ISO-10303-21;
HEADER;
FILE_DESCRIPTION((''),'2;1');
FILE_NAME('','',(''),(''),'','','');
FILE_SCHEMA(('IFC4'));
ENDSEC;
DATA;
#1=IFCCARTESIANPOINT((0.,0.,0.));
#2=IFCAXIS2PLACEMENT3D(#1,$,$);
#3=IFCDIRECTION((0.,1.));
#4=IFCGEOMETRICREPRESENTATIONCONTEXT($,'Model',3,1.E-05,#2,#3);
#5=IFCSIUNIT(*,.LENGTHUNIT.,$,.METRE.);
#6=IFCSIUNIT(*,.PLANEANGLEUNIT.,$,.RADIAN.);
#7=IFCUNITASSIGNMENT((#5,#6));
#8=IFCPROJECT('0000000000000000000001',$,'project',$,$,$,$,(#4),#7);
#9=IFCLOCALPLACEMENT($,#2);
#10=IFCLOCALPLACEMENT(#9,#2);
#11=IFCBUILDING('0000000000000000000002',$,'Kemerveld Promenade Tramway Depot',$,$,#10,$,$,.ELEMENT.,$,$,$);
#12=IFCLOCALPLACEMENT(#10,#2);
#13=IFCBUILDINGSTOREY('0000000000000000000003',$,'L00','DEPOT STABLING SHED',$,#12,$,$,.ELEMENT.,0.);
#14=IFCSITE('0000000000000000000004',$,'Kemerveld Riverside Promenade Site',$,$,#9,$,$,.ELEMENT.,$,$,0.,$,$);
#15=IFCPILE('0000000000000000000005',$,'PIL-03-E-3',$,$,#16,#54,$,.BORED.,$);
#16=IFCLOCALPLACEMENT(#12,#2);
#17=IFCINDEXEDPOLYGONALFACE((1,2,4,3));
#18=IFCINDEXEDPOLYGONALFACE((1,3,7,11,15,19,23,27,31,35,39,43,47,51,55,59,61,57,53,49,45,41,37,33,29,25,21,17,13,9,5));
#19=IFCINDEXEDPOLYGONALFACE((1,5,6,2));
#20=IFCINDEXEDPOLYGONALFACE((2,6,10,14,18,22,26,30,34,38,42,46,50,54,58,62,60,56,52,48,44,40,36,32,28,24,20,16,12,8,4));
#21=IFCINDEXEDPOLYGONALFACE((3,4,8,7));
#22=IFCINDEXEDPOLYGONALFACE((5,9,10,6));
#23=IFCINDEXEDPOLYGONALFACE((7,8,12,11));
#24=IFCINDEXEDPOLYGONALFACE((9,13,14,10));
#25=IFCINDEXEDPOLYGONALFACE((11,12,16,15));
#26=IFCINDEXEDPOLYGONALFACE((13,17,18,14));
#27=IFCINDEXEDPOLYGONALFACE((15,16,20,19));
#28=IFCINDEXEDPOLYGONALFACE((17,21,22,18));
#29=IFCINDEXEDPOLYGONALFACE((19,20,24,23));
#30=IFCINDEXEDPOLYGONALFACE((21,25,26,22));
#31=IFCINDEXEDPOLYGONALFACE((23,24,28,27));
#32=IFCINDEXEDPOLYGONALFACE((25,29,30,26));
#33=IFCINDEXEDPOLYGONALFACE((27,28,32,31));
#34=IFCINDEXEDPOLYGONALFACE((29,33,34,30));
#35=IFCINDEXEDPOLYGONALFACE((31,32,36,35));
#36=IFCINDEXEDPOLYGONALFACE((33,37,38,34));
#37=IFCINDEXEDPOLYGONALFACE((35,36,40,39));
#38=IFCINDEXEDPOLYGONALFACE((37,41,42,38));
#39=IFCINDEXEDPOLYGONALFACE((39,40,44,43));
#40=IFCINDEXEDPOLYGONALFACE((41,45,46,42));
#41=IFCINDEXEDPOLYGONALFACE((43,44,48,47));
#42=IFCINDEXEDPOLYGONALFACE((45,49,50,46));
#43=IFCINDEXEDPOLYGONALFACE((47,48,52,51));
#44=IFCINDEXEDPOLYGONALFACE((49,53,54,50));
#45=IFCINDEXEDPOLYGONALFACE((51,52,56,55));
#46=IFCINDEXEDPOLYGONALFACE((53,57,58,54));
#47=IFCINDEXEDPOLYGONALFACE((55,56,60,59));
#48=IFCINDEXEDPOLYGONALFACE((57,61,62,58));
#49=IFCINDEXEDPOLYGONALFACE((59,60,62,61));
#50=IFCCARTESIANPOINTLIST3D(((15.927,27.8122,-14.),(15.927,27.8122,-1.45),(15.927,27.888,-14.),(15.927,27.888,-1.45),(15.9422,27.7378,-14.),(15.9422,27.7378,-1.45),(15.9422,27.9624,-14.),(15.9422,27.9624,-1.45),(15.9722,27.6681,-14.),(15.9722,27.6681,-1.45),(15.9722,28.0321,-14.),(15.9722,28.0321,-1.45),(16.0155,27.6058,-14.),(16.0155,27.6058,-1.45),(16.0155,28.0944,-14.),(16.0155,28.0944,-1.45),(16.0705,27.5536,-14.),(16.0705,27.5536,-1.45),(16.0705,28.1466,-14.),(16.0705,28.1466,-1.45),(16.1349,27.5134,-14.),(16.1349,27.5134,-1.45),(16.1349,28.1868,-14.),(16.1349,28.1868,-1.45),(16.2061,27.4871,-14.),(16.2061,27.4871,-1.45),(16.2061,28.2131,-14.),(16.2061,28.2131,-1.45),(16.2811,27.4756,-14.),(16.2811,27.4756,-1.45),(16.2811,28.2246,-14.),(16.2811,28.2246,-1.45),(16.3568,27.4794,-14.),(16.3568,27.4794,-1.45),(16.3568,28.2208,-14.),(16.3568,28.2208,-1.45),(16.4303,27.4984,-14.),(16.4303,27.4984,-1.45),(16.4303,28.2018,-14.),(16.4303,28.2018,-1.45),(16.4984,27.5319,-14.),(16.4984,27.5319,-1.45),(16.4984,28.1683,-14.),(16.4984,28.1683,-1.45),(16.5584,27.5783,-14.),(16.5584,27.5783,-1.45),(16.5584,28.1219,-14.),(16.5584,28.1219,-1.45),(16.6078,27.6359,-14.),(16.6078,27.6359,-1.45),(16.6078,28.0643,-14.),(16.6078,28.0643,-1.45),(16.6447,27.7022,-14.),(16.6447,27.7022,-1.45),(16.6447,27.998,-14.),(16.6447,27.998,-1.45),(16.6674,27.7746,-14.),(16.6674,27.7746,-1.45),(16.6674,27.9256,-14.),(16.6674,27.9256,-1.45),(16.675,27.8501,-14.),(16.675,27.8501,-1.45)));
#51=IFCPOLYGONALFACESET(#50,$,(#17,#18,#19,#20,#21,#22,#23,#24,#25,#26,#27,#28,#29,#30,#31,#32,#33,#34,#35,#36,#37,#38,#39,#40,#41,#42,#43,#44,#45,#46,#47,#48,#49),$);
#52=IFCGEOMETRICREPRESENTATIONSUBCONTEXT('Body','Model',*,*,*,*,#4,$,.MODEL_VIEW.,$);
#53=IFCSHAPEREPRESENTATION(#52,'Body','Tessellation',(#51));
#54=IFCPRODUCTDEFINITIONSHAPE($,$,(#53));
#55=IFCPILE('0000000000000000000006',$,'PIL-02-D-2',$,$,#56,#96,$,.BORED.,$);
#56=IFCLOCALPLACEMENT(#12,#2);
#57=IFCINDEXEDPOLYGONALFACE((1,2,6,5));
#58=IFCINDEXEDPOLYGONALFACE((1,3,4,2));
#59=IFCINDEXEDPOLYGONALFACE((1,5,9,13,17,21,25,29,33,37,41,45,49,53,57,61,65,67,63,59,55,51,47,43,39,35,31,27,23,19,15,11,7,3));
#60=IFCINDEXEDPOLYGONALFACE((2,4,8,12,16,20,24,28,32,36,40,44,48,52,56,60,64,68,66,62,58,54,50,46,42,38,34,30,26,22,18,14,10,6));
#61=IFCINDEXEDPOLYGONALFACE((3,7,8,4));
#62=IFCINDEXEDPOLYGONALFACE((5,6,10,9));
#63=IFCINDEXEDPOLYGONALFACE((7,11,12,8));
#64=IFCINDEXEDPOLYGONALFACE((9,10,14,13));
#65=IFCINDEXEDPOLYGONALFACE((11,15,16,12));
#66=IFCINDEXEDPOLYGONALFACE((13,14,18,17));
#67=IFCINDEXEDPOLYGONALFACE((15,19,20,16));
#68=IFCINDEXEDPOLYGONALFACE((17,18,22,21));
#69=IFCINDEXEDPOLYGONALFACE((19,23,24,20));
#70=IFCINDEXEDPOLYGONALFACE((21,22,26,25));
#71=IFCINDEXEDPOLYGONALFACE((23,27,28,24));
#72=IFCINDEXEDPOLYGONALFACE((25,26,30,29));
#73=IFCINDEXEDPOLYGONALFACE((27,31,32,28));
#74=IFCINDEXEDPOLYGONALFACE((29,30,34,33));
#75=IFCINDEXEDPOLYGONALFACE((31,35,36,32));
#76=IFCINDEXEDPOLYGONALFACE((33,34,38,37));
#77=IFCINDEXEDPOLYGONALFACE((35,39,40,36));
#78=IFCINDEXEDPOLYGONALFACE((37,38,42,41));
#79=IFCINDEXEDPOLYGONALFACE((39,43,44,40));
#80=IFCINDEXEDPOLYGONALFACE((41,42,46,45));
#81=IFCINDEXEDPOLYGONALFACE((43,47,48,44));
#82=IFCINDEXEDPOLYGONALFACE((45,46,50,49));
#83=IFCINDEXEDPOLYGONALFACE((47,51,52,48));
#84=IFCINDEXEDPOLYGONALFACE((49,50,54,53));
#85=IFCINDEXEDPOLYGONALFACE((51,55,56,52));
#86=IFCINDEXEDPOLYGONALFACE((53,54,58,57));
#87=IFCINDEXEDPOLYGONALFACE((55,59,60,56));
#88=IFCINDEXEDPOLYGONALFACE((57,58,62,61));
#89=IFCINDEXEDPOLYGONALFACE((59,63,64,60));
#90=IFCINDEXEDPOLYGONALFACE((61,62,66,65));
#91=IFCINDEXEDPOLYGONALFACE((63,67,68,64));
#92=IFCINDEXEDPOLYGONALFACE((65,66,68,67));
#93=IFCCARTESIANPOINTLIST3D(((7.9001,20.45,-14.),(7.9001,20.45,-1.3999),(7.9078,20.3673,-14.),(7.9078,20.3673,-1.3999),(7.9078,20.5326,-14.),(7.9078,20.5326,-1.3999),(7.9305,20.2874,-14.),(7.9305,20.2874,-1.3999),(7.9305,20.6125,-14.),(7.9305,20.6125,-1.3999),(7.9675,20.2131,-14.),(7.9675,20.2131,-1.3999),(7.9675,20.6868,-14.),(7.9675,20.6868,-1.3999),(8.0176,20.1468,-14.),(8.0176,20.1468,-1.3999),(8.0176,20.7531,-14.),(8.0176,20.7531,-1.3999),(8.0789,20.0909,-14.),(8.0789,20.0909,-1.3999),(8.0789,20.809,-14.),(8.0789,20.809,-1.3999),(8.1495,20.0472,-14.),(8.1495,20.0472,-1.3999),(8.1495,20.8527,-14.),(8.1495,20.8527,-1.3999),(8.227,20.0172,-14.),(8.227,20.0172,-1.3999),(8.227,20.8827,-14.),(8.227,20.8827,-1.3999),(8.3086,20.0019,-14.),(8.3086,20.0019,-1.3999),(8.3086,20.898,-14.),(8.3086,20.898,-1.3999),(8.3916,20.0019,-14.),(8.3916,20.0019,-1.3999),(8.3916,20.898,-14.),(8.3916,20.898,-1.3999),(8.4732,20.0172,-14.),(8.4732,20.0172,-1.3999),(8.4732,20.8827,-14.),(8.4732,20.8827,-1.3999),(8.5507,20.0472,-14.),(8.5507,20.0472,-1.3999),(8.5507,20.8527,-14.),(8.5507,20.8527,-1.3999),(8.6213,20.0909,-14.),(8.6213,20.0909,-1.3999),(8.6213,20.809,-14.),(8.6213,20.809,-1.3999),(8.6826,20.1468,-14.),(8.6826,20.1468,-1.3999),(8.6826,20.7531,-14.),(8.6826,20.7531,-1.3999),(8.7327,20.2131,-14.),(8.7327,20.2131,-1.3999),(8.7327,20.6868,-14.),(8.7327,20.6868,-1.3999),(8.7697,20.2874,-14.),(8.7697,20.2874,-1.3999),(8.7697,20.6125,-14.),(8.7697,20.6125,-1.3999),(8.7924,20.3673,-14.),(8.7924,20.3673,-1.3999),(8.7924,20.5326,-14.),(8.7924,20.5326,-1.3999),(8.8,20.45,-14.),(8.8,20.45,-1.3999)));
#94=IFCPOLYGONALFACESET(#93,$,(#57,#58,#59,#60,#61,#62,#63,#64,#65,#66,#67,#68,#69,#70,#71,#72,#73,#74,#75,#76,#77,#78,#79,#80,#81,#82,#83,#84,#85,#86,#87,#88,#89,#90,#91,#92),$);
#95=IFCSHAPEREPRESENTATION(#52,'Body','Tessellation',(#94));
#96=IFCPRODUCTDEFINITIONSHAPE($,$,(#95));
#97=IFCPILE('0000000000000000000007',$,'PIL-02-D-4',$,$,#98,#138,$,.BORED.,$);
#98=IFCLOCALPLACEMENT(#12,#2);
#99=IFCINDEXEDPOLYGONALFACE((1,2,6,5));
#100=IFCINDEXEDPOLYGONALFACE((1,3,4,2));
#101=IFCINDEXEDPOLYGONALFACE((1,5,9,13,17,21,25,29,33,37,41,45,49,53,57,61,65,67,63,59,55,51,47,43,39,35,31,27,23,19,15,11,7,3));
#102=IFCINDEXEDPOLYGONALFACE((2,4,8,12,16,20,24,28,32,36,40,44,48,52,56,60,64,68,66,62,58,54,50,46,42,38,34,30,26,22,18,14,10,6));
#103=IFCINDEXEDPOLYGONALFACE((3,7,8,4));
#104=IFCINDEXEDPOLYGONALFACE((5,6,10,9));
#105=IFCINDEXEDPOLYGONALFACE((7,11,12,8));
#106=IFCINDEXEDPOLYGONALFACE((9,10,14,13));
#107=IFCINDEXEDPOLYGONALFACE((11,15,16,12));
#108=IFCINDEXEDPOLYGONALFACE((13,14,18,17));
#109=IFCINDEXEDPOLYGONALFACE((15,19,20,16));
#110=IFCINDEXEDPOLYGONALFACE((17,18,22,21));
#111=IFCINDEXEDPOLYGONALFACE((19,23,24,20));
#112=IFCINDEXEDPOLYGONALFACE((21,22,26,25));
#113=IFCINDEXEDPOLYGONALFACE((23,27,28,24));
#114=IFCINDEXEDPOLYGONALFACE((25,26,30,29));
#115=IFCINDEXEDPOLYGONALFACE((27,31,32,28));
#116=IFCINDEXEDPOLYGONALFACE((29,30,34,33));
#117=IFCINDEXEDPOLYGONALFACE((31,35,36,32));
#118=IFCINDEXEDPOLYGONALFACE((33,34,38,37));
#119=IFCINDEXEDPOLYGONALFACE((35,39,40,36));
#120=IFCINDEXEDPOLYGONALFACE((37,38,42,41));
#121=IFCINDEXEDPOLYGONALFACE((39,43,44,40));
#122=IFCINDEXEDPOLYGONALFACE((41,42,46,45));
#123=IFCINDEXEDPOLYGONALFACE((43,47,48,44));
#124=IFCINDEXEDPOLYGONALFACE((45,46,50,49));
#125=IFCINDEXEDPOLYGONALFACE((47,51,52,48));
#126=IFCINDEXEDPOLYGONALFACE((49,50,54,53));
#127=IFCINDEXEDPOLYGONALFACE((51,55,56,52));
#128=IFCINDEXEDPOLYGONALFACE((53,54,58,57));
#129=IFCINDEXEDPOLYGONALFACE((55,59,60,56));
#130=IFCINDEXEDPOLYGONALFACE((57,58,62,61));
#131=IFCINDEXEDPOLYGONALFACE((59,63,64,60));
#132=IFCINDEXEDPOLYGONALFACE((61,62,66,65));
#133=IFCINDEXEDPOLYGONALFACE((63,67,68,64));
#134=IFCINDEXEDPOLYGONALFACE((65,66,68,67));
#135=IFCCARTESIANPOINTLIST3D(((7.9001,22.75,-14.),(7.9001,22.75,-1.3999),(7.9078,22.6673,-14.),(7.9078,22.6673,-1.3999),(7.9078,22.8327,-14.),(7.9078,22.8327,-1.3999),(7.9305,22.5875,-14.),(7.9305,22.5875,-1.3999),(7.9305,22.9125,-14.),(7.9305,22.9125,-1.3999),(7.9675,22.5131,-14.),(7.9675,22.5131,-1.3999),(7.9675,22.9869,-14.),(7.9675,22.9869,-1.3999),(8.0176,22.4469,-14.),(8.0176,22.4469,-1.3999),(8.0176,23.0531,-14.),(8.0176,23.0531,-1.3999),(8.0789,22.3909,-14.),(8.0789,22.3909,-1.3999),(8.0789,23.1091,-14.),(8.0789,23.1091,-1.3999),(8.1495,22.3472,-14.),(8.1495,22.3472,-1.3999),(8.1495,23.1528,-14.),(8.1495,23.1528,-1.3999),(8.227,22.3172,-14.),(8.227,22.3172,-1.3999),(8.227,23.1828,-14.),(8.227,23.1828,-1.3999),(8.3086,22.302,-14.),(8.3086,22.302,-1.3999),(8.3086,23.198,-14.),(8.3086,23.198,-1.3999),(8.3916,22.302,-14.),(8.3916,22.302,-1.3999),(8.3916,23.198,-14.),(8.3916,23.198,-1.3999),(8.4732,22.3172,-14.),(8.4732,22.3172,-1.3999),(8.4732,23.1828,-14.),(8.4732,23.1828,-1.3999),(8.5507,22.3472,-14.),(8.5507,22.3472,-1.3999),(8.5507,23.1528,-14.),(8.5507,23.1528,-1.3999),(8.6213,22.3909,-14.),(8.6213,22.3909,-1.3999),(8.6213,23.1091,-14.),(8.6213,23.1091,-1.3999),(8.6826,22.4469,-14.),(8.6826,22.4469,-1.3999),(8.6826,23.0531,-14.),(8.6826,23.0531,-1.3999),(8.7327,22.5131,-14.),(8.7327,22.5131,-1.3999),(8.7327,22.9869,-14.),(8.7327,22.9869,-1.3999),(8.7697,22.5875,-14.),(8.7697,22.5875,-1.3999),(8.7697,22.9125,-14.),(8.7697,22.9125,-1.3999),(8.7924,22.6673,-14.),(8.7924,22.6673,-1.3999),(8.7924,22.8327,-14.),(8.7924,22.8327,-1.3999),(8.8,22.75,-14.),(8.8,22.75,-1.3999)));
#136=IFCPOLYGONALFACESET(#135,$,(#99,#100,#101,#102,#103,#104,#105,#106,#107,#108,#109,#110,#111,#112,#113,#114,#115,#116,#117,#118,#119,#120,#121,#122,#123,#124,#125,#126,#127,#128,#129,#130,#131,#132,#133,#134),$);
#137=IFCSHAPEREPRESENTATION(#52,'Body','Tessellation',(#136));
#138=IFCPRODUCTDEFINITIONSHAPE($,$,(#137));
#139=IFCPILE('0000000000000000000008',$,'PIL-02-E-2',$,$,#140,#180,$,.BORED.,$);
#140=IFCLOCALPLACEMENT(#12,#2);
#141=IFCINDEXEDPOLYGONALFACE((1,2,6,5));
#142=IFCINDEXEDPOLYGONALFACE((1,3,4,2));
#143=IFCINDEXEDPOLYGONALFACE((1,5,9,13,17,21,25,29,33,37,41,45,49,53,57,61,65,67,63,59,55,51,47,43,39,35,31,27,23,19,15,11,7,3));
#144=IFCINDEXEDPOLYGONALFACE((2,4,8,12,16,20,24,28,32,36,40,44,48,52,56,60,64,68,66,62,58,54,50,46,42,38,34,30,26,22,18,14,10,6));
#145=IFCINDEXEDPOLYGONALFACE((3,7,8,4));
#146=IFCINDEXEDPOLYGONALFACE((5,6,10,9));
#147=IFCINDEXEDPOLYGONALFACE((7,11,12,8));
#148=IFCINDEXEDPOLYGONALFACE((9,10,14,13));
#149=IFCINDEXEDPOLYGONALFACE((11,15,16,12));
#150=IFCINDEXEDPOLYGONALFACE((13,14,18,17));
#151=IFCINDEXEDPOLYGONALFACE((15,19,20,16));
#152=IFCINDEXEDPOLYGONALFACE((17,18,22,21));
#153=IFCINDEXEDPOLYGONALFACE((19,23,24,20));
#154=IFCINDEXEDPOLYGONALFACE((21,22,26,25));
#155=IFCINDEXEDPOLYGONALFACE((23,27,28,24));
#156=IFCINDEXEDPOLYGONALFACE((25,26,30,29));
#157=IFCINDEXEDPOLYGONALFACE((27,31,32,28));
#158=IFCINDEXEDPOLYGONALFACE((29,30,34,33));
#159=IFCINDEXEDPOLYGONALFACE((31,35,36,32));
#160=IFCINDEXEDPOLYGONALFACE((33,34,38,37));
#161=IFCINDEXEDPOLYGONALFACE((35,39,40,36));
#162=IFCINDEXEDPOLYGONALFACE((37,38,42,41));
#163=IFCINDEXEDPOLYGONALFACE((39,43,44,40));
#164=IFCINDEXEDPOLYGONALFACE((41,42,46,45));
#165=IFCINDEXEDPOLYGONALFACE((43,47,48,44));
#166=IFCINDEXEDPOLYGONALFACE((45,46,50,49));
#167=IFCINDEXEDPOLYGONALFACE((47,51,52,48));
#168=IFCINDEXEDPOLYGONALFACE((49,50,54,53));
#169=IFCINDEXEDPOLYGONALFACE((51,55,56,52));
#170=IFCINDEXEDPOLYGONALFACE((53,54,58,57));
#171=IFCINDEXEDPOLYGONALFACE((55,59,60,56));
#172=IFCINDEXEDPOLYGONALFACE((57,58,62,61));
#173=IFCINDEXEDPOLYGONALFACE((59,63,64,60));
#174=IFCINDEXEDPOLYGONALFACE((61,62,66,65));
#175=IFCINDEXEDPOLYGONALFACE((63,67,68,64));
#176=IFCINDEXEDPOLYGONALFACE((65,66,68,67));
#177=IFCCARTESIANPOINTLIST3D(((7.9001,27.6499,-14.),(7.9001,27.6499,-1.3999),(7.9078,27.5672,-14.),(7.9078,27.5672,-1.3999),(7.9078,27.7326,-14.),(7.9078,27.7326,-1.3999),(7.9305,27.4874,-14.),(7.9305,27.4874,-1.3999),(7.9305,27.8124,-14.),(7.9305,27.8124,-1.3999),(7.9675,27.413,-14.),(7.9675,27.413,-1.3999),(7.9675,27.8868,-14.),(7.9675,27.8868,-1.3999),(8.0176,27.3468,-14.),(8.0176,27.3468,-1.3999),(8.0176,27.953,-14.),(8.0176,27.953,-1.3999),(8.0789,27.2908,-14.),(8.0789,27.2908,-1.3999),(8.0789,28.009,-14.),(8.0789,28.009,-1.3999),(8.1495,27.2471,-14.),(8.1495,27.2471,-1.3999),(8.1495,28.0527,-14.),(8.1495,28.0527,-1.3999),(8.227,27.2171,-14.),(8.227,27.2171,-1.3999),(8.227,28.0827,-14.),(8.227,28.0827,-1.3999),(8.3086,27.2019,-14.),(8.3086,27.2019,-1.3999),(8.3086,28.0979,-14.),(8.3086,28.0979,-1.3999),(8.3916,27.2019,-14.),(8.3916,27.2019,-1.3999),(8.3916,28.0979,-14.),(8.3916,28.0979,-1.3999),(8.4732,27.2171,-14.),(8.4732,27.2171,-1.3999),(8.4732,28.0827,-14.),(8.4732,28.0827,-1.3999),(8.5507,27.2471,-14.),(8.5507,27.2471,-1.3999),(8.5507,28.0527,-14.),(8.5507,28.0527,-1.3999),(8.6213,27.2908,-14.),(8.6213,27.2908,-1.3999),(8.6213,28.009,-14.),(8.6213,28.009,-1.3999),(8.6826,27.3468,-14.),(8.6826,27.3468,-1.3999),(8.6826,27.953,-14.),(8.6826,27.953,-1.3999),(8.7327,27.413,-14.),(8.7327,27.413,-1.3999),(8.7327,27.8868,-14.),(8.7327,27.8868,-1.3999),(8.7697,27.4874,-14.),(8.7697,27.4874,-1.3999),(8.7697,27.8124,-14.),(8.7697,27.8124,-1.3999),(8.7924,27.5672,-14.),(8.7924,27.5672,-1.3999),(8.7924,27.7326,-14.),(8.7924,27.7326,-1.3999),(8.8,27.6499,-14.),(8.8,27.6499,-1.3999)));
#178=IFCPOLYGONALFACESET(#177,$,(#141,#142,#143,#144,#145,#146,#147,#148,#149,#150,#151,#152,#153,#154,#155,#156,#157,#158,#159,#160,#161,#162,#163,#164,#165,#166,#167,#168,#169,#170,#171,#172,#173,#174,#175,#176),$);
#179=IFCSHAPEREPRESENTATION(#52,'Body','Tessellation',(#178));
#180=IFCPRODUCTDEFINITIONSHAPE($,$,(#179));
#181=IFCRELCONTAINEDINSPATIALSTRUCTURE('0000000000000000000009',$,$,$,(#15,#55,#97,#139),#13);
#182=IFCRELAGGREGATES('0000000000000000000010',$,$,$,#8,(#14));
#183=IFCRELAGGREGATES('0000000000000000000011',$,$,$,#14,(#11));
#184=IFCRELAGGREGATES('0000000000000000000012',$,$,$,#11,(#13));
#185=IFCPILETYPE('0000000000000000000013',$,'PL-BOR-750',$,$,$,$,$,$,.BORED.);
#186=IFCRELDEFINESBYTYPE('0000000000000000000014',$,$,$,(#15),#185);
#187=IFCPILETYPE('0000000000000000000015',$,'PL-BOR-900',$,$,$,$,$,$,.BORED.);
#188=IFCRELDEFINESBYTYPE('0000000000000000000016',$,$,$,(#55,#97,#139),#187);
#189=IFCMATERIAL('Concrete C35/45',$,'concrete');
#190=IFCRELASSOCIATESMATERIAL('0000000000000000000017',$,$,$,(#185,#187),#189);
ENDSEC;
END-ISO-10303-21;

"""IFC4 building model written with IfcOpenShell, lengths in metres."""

from ifc_helpers import new_model, si_unit, direction, frame, origin, origin_2d, place, context, subcontext, project, spatial, circle, extrude, material, material_profile, profile_set, type_object, element, save


model = new_model("IFC4")

# Units and contexts
model_context = context("Model", 3, precision=1e-05, world=origin(), true_north=direction((0.0, 1.0)))
body_context = subcontext(model_context, "Body", "Model", "MODEL_VIEW")
ifc_project = project(units=[si_unit("LENGTHUNIT", "METRE"), si_unit("PLANEANGLEUNIT", "RADIAN")], contexts=[model_context])

# Site, building, storey
site_placement = place(None, origin())
site = spatial("IfcSite", under=ifc_project, at=site_placement, Name="Kemerveld Riverside Promenade Site", CompositionType="ELEMENT", RefElevation=0.0)
building_placement = place(site_placement, origin())
building = spatial("IfcBuilding", under=site, at=building_placement, Name="Kemerveld Promenade Tramway Depot", CompositionType="ELEMENT")
storey_placement = place(building_placement, origin())
storey = spatial("IfcBuildingStorey", under=building, at=storey_placement, Name="L00", Description="DEPOT STABLING SHED", CompositionType="ELEMENT", Elevation=0.0)

# Shared definitions
ifc_material_1 = material(Name="Concrete C35/45", Category="concrete")

# Piles
ifc_material_profile_1 = material_profile(ifc_material_1, circle(Radius=0.375, at=origin_2d()), Name="PILE-D750")
ifc_profile_set_1 = profile_set([ifc_material_profile_1], Name="Concrete C35/45")
pile_type_1 = type_object("IfcPileType", Name="PL-BOR-750", PredefinedType="BORED", material=ifc_profile_set_1)
for number, where, z_axis, x_axis, name in (
    (1, (16.3, 27.8501, -1.45), (0.0, 0.0, -1.0), (1.0, 0.0, 0.0), "PIL-03-E-3"),
):
    element("IfcPile", number, at=place(storey_placement, frame(where, z_axis=z_axis, x_axis=x_axis)), inside=storey, type_object=pile_type_1, Name=name, PredefinedType="BORED", context=body_context, shape_type="SweptSolid", body=[
        extrude(circle(Radius=0.375, at=origin_2d()), origin(), (0.0, 0.0, 1.0), 12.55),
    ])
ifc_material_profile_2 = material_profile(ifc_material_1, circle(Radius=0.45, at=origin_2d()), Name="PILE-D900")
ifc_profile_set_2 = profile_set([ifc_material_profile_2], Name="Concrete C35/45")
pile_type_2 = type_object("IfcPileType", Name="PL-BOR-900", PredefinedType="BORED", material=ifc_profile_set_2)
for number, where, z_axis, x_axis, name in (
    (2, (8.3501, 20.45, -1.3999), (0.0, 0.0, -1.0), (1.0, 0.0, 0.0), "PIL-02-D-2"),
    (3, (8.3501, 22.75, -1.3999), (0.0, 0.0, -1.0), (1.0, 0.0, 0.0), "PIL-02-D-4"),
    (4, (8.3501, 27.6499, -1.3999), (0.0, 0.0, -1.0), (1.0, 0.0, 0.0), "PIL-02-E-2"),
):
    element("IfcPile", number, at=place(storey_placement, frame(where, z_axis=z_axis, x_axis=x_axis)), inside=storey, type_object=pile_type_2, Name=name, PredefinedType="BORED", context=body_context, shape_type="SweptSolid", body=[
        extrude(circle(Radius=0.45, at=origin_2d()), origin(), (0.0, 0.0, 1.0), 12.6001),
    ])

save(model, "model.ifc")
